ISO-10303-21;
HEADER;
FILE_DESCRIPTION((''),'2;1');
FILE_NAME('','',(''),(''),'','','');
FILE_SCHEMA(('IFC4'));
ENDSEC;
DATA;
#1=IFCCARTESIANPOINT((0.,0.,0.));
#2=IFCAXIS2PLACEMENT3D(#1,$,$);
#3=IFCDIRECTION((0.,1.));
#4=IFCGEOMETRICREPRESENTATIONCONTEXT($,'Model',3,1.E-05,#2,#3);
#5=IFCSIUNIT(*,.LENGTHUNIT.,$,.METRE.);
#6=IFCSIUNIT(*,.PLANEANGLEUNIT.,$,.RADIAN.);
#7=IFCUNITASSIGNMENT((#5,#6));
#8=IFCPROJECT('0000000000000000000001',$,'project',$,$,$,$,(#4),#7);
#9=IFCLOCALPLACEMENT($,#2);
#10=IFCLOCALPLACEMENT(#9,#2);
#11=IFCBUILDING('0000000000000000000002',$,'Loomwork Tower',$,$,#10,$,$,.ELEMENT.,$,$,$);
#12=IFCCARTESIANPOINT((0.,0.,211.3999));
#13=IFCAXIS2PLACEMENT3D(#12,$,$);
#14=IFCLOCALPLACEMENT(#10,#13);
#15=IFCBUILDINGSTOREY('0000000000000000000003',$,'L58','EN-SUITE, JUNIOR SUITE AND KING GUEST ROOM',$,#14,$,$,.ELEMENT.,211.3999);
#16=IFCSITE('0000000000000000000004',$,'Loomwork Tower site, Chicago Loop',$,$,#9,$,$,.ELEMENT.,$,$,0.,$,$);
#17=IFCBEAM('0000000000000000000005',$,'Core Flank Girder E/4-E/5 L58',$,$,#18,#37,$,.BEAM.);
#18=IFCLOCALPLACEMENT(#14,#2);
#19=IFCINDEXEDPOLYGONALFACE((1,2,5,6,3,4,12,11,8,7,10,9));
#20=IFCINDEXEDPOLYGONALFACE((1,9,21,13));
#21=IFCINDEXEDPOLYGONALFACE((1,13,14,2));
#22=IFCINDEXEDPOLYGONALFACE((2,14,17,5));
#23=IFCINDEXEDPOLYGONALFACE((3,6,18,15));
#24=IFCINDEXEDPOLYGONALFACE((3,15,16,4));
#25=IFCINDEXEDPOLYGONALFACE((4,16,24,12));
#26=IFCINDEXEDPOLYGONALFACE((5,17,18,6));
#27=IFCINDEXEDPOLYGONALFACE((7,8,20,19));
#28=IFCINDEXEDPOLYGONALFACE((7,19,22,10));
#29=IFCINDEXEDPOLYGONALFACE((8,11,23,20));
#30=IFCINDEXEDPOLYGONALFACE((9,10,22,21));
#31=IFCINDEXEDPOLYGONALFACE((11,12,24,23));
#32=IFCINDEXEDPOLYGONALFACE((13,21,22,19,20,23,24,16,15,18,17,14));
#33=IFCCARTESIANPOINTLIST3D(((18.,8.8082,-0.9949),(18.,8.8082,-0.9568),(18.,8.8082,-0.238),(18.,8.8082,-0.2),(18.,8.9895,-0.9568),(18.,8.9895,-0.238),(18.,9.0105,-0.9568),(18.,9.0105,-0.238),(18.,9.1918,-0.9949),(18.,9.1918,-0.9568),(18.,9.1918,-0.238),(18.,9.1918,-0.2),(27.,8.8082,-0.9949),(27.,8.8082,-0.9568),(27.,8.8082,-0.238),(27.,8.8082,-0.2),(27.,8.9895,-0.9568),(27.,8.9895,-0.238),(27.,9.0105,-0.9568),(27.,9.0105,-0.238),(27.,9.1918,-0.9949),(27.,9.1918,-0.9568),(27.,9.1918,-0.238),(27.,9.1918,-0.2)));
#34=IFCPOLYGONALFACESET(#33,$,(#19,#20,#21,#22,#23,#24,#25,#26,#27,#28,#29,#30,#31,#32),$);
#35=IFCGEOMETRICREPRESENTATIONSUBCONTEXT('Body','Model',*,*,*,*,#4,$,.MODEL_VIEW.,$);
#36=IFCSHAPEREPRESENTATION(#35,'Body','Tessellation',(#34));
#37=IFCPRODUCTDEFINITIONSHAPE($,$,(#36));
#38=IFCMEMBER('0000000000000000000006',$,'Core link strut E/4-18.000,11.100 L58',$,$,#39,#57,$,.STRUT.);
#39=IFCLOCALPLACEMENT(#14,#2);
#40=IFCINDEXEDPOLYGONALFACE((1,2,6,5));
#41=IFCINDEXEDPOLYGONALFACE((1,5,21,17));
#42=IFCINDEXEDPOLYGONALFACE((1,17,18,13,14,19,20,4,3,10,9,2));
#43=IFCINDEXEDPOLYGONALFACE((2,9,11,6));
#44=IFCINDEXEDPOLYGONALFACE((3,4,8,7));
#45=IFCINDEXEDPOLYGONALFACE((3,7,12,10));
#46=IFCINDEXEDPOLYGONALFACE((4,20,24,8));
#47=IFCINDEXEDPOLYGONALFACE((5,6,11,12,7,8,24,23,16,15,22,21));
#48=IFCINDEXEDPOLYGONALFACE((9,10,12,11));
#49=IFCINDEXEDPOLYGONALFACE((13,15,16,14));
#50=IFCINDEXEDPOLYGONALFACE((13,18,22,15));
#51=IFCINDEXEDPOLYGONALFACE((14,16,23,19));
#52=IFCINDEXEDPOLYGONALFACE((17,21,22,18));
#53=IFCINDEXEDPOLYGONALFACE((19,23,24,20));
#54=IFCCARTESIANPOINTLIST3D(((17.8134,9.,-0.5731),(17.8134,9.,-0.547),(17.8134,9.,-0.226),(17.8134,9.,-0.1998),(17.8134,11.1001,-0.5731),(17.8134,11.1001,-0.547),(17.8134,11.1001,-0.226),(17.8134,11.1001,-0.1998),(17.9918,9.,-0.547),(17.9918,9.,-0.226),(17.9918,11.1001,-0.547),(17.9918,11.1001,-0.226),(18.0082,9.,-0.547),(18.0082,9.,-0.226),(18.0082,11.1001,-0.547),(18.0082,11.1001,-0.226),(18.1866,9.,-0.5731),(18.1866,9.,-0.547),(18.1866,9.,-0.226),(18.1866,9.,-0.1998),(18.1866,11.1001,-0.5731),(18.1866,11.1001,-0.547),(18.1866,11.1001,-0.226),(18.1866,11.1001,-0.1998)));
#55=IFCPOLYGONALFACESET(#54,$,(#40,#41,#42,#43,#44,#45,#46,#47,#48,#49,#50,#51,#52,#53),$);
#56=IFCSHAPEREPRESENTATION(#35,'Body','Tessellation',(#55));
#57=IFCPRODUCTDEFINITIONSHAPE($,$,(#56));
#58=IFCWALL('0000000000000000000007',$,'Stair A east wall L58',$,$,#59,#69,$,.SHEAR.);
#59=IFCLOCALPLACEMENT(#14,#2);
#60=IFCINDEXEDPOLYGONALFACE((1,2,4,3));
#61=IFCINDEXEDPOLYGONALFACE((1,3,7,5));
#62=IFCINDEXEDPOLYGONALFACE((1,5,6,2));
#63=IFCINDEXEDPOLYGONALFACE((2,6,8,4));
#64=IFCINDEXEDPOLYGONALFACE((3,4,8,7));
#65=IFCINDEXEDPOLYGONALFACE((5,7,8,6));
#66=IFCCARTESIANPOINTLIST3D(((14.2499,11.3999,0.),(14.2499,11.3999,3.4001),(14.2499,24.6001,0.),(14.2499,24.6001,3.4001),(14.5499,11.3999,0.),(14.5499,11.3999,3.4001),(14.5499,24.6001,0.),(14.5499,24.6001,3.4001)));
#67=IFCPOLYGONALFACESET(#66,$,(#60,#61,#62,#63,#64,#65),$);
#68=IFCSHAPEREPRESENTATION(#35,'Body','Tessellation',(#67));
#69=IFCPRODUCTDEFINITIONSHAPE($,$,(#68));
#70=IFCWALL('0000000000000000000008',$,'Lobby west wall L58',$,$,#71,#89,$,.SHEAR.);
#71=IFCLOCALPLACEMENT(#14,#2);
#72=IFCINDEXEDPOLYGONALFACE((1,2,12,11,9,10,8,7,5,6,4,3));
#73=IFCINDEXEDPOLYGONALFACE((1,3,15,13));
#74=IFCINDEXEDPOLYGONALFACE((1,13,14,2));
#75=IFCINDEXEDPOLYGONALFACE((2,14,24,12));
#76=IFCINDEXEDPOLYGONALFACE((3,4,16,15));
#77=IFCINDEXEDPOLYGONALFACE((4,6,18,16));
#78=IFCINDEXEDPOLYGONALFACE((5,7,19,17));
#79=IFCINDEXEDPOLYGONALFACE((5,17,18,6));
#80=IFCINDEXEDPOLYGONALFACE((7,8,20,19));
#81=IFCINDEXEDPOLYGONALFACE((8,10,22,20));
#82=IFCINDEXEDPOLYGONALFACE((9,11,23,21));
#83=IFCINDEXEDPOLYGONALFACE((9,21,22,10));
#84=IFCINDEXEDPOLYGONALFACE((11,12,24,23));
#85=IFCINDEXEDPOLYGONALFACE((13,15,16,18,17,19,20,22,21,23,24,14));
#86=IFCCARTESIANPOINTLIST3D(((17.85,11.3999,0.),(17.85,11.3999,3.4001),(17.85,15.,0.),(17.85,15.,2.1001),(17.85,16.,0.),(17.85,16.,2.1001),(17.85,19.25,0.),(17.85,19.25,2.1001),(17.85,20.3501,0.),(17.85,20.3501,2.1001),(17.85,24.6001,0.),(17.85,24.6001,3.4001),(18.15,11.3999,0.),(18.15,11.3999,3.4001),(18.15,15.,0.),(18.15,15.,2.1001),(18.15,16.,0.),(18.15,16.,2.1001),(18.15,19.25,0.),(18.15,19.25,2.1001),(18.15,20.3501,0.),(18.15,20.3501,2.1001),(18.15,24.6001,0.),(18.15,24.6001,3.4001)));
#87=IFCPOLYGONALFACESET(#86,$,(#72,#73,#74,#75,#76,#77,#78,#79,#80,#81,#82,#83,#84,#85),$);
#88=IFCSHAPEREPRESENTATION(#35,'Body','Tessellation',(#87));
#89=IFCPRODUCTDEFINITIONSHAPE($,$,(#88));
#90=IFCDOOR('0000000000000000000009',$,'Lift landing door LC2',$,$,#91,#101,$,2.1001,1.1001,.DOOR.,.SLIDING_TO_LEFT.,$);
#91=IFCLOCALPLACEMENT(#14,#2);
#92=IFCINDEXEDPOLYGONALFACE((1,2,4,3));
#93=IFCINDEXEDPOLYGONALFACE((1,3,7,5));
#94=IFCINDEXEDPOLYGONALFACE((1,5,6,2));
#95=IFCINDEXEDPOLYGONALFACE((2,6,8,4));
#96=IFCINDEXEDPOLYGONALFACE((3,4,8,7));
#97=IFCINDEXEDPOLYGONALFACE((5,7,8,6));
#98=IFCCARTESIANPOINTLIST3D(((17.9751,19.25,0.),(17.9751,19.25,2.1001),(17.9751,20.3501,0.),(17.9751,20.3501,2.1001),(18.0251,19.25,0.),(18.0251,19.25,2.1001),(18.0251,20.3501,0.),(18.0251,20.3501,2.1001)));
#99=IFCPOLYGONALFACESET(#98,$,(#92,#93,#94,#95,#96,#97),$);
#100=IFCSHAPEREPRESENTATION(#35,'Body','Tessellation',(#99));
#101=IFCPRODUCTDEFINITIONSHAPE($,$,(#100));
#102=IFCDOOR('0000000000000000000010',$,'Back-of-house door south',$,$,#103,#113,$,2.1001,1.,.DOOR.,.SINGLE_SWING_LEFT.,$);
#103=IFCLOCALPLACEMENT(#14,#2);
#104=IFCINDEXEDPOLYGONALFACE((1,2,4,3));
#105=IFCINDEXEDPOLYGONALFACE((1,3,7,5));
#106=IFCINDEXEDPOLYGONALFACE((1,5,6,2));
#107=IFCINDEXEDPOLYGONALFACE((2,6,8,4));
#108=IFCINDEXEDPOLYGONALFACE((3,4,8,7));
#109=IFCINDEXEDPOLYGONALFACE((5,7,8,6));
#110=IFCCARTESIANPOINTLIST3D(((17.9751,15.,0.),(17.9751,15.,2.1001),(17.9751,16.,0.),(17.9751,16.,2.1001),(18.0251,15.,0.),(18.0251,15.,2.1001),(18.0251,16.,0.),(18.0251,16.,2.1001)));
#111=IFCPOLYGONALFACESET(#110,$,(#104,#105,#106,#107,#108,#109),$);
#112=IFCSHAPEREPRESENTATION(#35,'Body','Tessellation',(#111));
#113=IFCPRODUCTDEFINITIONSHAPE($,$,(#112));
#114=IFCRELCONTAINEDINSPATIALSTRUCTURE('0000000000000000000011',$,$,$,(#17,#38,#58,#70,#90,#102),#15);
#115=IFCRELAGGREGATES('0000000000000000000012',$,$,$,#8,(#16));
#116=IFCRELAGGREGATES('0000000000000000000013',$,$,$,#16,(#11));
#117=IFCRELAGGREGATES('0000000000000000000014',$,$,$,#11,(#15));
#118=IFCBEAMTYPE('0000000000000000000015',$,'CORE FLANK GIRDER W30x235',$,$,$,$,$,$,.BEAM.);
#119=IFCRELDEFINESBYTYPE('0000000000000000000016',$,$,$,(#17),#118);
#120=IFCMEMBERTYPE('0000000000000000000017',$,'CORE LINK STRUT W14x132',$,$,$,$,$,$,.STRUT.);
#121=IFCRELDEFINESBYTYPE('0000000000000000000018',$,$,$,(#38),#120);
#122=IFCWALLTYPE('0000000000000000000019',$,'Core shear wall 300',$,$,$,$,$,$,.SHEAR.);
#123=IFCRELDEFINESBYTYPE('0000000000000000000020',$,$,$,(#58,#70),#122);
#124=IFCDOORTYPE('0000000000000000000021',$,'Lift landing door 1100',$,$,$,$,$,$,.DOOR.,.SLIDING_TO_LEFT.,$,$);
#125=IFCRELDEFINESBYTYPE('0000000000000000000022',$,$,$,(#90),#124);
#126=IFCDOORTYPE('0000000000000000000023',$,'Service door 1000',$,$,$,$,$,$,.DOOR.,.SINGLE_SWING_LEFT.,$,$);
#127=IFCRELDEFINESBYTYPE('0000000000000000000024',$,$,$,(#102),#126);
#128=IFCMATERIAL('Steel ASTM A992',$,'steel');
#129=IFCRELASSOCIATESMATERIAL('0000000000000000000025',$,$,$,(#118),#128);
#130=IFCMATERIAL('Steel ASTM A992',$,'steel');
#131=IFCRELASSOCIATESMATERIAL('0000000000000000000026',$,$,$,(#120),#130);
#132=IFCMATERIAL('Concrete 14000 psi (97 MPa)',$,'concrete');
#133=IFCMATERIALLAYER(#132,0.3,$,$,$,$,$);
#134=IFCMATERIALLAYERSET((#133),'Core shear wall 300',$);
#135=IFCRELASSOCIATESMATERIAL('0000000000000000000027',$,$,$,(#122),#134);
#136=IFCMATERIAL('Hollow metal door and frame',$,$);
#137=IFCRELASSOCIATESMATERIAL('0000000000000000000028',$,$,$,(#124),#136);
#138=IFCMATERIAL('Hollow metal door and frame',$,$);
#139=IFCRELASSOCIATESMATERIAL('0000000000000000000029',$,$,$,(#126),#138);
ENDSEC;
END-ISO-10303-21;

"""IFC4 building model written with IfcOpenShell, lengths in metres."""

from ifc_helpers import new_model, si_unit, direction, frame, frame_2d, origin, origin_2d, place, context, subcontext, project, spatial, rectangle, i_section, extrude, material, layer, layer_set, material_profile, profile_set, type_object, element, fill, save


model = new_model("IFC4")

# Units and contexts
model_context = context("Model", 3, precision=1e-05, world=origin(), true_north=direction((0.0, 1.0)))
body_context = subcontext(model_context, "Body", "Model", "MODEL_VIEW")
ifc_project = project(units=[si_unit("LENGTHUNIT", "METRE"), si_unit("PLANEANGLEUNIT", "RADIAN")], contexts=[model_context])

# Site, building, storey
site_placement = place(None, origin())
site = spatial("IfcSite", under=ifc_project, at=site_placement, Name="Loomwork Tower site, Chicago Loop", CompositionType="ELEMENT", RefElevation=0.0)
building_placement = place(site_placement, origin())
building = spatial("IfcBuilding", under=site, at=building_placement, Name="Loomwork Tower", CompositionType="ELEMENT")
storey_placement = place(building_placement, frame((0.0, 0.0, 211.3999)))
storey = spatial("IfcBuildingStorey", under=building, at=storey_placement, Name="L58", Description="EN-SUITE, JUNIOR SUITE AND KING GUEST ROOM", CompositionType="ELEMENT", Elevation=211.3999)

# Beam
ifc_material_1 = material(Name="Steel ASTM A992", Category="steel")
ifc_material_profile_1 = material_profile(ifc_material_1, i_section(OverallWidth=0.3835, OverallDepth=0.7949, WebThickness=0.021, FlangeThickness=0.0381, at=origin_2d()), Name="W30x235")
ifc_profile_set_1 = profile_set([ifc_material_profile_1], Name="Steel ASTM A992")
beam_type = type_object("IfcBeamType", Name="CORE FLANK GIRDER W30x235", PredefinedType="BEAM", material=ifc_profile_set_1)
beam_placement = place(storey_placement, frame((18.0, 9.0, -0.5974), z_axis=(1.0, 0.0, 0.0), x_axis=(0.0, 1.0, 0.0)))
element("IfcBeam", 1, at=beam_placement, inside=storey, type_object=beam_type, Name="Core Flank Girder E/4-E/5 L58", PredefinedType="BEAM", context=body_context, shape_type="SweptSolid", body=[
    extrude(i_section(OverallWidth=0.3835, OverallDepth=0.7949, WebThickness=0.021, FlangeThickness=0.0381, at=origin_2d()), origin(), (0.0, 0.0, 1.0), 9.0),
])

# Member
ifc_material_2 = material(Name="Steel ASTM A992", Category="steel")
ifc_material_profile_2 = material_profile(ifc_material_2, i_section(OverallWidth=0.3733, OverallDepth=0.3733, WebThickness=0.0164, FlangeThickness=0.0261, at=origin_2d()), Name="W14x132")
ifc_profile_set_2 = profile_set([ifc_material_profile_2], Name="Steel ASTM A992")
member_type = type_object("IfcMemberType", Name="CORE LINK STRUT W14x132", PredefinedType="STRUT", material=ifc_profile_set_2)
member_placement = place(storey_placement, frame((18.0, 9.0, -0.3865), z_axis=(0.0, 1.0, 0.0), x_axis=(-1.0, 0.0, 0.0)))
element("IfcMember", 2, at=member_placement, inside=storey, type_object=member_type, Name="Core link strut E/4-18.000,11.100 L58", PredefinedType="STRUT", context=body_context, shape_type="SweptSolid", body=[
    extrude(i_section(OverallWidth=0.3733, OverallDepth=0.3733, WebThickness=0.0164, FlangeThickness=0.0261, at=origin_2d()), origin(), (0.0, 0.0, 1.0), 2.1001),
])

# Wall
ifc_material_3 = material(Name="Concrete 14000 psi (97 MPa)", Category="concrete")
ifc_layer_1 = layer(ifc_material_3, 0.3)
ifc_layer_set_1 = layer_set([ifc_layer_1], Name="Core shear wall 300")
wall_type_1 = type_object("IfcWallType", Name="Core shear wall 300", PredefinedType="SHEAR", material=ifc_layer_set_1)
wall_1_placement = place(storey_placement, frame((14.3999, 11.3999, 0.0), z_axis=(0.0, 0.0, 1.0), x_axis=(0.0, 1.0, 0.0)))
element("IfcWall", 3, at=wall_1_placement, inside=storey, type_object=wall_type_1, Name="Stair A east wall L58", PredefinedType="SHEAR", context=body_context, shape_type="SweptSolid", body=[
    extrude(rectangle(XDim=13.2002, YDim=0.3, at=frame_2d((6.6001, 0.0))), origin(), (0.0, 0.0, 1.0), 3.4001),
])

# Wall, openings, doors
wall_2_placement = place(storey_placement, frame((18.0, 11.3999, 0.0), z_axis=(0.0, 0.0, 1.0), x_axis=(0.0, 1.0, 0.0)))
wall_2 = element("IfcWall", 4, at=wall_2_placement, inside=storey, type_object=wall_type_1, Name="Lobby west wall L58", PredefinedType="SHEAR", context=body_context, shape_type="SweptSolid", body=[
    extrude(rectangle(XDim=13.2002, YDim=0.3, at=frame_2d((6.6001, 0.0))), origin(), (0.0, 0.0, 1.0), 3.4001),
])
opening_1_placement = place(wall_2_placement, frame((3.6001, 0.0, 0.0)))
opening_1 = element("IfcOpeningElement", 5, at=opening_1_placement, cuts=wall_2, PredefinedType="OPENING", context=body_context, shape_type="SweptSolid", body=[
    extrude(rectangle(XDim=1.0, YDim=2.1001, at=frame_2d((0.5, 1.05))), frame((0.0, 0.1599, 0.0), z_axis=(0.0, -1.0, 0.0), x_axis=(1.0, 0.0, 0.0)), (0.0, 0.0, 1.0), 0.3201),
])
opening_2_placement = place(wall_2_placement, frame((7.8501, 0.0, 0.0)))
opening_2 = element("IfcOpeningElement", 6, at=opening_2_placement, cuts=wall_2, PredefinedType="OPENING", context=body_context, shape_type="SweptSolid", body=[
    extrude(rectangle(XDim=1.1001, YDim=2.1001, at=frame_2d((0.55, 1.05))), frame((0.0, 0.1599, 0.0), z_axis=(0.0, -1.0, 0.0), x_axis=(1.0, 0.0, 0.0)), (0.0, 0.0, 1.0), 0.3201),
])
ifc_material_4 = material(Name="Hollow metal door and frame")
door_type_1 = type_object("IfcDoorType", Name="Lift landing door 1100", OperationType="SLIDING_TO_LEFT", PredefinedType="DOOR", material=ifc_material_4)
door_1_placement = place(opening_2_placement, origin())
door_1 = element("IfcDoor", 7, at=door_1_placement, inside=storey, type_object=door_type_1, Name="Lift landing door LC2", OperationType="SLIDING_TO_LEFT", OverallHeight=2.1001, OverallWidth=1.1001, PredefinedType="DOOR", context=body_context, shape_type="SweptSolid", body=[
    extrude(rectangle(XDim=1.1001, YDim=2.1001, at=frame_2d((0.55, 1.05))), frame((0.0, 0.0249, 0.0), z_axis=(0.0, -1.0, 0.0), x_axis=(1.0, 0.0, 0.0)), (0.0, 0.0, 1.0), 0.05),
])
fill(opening_2, door_1)
ifc_material_5 = material(Name="Hollow metal door and frame")
door_type_2 = type_object("IfcDoorType", Name="Service door 1000", OperationType="SINGLE_SWING_LEFT", PredefinedType="DOOR", material=ifc_material_5)
door_2_placement = place(opening_1_placement, origin())
door_2 = element("IfcDoor", 8, at=door_2_placement, inside=storey, type_object=door_type_2, Name="Back-of-house door south", OperationType="SINGLE_SWING_LEFT", OverallHeight=2.1001, OverallWidth=1.0, PredefinedType="DOOR", context=body_context, shape_type="SweptSolid", body=[
    extrude(rectangle(XDim=1.0, YDim=2.1001, at=frame_2d((0.5, 1.05))), frame((0.0, 0.0249, 0.0), z_axis=(0.0, -1.0, 0.0), x_axis=(1.0, 0.0, 0.0)), (0.0, 0.0, 1.0), 0.05),
])
fill(opening_1, door_2)

save(model, "model.ifc")
